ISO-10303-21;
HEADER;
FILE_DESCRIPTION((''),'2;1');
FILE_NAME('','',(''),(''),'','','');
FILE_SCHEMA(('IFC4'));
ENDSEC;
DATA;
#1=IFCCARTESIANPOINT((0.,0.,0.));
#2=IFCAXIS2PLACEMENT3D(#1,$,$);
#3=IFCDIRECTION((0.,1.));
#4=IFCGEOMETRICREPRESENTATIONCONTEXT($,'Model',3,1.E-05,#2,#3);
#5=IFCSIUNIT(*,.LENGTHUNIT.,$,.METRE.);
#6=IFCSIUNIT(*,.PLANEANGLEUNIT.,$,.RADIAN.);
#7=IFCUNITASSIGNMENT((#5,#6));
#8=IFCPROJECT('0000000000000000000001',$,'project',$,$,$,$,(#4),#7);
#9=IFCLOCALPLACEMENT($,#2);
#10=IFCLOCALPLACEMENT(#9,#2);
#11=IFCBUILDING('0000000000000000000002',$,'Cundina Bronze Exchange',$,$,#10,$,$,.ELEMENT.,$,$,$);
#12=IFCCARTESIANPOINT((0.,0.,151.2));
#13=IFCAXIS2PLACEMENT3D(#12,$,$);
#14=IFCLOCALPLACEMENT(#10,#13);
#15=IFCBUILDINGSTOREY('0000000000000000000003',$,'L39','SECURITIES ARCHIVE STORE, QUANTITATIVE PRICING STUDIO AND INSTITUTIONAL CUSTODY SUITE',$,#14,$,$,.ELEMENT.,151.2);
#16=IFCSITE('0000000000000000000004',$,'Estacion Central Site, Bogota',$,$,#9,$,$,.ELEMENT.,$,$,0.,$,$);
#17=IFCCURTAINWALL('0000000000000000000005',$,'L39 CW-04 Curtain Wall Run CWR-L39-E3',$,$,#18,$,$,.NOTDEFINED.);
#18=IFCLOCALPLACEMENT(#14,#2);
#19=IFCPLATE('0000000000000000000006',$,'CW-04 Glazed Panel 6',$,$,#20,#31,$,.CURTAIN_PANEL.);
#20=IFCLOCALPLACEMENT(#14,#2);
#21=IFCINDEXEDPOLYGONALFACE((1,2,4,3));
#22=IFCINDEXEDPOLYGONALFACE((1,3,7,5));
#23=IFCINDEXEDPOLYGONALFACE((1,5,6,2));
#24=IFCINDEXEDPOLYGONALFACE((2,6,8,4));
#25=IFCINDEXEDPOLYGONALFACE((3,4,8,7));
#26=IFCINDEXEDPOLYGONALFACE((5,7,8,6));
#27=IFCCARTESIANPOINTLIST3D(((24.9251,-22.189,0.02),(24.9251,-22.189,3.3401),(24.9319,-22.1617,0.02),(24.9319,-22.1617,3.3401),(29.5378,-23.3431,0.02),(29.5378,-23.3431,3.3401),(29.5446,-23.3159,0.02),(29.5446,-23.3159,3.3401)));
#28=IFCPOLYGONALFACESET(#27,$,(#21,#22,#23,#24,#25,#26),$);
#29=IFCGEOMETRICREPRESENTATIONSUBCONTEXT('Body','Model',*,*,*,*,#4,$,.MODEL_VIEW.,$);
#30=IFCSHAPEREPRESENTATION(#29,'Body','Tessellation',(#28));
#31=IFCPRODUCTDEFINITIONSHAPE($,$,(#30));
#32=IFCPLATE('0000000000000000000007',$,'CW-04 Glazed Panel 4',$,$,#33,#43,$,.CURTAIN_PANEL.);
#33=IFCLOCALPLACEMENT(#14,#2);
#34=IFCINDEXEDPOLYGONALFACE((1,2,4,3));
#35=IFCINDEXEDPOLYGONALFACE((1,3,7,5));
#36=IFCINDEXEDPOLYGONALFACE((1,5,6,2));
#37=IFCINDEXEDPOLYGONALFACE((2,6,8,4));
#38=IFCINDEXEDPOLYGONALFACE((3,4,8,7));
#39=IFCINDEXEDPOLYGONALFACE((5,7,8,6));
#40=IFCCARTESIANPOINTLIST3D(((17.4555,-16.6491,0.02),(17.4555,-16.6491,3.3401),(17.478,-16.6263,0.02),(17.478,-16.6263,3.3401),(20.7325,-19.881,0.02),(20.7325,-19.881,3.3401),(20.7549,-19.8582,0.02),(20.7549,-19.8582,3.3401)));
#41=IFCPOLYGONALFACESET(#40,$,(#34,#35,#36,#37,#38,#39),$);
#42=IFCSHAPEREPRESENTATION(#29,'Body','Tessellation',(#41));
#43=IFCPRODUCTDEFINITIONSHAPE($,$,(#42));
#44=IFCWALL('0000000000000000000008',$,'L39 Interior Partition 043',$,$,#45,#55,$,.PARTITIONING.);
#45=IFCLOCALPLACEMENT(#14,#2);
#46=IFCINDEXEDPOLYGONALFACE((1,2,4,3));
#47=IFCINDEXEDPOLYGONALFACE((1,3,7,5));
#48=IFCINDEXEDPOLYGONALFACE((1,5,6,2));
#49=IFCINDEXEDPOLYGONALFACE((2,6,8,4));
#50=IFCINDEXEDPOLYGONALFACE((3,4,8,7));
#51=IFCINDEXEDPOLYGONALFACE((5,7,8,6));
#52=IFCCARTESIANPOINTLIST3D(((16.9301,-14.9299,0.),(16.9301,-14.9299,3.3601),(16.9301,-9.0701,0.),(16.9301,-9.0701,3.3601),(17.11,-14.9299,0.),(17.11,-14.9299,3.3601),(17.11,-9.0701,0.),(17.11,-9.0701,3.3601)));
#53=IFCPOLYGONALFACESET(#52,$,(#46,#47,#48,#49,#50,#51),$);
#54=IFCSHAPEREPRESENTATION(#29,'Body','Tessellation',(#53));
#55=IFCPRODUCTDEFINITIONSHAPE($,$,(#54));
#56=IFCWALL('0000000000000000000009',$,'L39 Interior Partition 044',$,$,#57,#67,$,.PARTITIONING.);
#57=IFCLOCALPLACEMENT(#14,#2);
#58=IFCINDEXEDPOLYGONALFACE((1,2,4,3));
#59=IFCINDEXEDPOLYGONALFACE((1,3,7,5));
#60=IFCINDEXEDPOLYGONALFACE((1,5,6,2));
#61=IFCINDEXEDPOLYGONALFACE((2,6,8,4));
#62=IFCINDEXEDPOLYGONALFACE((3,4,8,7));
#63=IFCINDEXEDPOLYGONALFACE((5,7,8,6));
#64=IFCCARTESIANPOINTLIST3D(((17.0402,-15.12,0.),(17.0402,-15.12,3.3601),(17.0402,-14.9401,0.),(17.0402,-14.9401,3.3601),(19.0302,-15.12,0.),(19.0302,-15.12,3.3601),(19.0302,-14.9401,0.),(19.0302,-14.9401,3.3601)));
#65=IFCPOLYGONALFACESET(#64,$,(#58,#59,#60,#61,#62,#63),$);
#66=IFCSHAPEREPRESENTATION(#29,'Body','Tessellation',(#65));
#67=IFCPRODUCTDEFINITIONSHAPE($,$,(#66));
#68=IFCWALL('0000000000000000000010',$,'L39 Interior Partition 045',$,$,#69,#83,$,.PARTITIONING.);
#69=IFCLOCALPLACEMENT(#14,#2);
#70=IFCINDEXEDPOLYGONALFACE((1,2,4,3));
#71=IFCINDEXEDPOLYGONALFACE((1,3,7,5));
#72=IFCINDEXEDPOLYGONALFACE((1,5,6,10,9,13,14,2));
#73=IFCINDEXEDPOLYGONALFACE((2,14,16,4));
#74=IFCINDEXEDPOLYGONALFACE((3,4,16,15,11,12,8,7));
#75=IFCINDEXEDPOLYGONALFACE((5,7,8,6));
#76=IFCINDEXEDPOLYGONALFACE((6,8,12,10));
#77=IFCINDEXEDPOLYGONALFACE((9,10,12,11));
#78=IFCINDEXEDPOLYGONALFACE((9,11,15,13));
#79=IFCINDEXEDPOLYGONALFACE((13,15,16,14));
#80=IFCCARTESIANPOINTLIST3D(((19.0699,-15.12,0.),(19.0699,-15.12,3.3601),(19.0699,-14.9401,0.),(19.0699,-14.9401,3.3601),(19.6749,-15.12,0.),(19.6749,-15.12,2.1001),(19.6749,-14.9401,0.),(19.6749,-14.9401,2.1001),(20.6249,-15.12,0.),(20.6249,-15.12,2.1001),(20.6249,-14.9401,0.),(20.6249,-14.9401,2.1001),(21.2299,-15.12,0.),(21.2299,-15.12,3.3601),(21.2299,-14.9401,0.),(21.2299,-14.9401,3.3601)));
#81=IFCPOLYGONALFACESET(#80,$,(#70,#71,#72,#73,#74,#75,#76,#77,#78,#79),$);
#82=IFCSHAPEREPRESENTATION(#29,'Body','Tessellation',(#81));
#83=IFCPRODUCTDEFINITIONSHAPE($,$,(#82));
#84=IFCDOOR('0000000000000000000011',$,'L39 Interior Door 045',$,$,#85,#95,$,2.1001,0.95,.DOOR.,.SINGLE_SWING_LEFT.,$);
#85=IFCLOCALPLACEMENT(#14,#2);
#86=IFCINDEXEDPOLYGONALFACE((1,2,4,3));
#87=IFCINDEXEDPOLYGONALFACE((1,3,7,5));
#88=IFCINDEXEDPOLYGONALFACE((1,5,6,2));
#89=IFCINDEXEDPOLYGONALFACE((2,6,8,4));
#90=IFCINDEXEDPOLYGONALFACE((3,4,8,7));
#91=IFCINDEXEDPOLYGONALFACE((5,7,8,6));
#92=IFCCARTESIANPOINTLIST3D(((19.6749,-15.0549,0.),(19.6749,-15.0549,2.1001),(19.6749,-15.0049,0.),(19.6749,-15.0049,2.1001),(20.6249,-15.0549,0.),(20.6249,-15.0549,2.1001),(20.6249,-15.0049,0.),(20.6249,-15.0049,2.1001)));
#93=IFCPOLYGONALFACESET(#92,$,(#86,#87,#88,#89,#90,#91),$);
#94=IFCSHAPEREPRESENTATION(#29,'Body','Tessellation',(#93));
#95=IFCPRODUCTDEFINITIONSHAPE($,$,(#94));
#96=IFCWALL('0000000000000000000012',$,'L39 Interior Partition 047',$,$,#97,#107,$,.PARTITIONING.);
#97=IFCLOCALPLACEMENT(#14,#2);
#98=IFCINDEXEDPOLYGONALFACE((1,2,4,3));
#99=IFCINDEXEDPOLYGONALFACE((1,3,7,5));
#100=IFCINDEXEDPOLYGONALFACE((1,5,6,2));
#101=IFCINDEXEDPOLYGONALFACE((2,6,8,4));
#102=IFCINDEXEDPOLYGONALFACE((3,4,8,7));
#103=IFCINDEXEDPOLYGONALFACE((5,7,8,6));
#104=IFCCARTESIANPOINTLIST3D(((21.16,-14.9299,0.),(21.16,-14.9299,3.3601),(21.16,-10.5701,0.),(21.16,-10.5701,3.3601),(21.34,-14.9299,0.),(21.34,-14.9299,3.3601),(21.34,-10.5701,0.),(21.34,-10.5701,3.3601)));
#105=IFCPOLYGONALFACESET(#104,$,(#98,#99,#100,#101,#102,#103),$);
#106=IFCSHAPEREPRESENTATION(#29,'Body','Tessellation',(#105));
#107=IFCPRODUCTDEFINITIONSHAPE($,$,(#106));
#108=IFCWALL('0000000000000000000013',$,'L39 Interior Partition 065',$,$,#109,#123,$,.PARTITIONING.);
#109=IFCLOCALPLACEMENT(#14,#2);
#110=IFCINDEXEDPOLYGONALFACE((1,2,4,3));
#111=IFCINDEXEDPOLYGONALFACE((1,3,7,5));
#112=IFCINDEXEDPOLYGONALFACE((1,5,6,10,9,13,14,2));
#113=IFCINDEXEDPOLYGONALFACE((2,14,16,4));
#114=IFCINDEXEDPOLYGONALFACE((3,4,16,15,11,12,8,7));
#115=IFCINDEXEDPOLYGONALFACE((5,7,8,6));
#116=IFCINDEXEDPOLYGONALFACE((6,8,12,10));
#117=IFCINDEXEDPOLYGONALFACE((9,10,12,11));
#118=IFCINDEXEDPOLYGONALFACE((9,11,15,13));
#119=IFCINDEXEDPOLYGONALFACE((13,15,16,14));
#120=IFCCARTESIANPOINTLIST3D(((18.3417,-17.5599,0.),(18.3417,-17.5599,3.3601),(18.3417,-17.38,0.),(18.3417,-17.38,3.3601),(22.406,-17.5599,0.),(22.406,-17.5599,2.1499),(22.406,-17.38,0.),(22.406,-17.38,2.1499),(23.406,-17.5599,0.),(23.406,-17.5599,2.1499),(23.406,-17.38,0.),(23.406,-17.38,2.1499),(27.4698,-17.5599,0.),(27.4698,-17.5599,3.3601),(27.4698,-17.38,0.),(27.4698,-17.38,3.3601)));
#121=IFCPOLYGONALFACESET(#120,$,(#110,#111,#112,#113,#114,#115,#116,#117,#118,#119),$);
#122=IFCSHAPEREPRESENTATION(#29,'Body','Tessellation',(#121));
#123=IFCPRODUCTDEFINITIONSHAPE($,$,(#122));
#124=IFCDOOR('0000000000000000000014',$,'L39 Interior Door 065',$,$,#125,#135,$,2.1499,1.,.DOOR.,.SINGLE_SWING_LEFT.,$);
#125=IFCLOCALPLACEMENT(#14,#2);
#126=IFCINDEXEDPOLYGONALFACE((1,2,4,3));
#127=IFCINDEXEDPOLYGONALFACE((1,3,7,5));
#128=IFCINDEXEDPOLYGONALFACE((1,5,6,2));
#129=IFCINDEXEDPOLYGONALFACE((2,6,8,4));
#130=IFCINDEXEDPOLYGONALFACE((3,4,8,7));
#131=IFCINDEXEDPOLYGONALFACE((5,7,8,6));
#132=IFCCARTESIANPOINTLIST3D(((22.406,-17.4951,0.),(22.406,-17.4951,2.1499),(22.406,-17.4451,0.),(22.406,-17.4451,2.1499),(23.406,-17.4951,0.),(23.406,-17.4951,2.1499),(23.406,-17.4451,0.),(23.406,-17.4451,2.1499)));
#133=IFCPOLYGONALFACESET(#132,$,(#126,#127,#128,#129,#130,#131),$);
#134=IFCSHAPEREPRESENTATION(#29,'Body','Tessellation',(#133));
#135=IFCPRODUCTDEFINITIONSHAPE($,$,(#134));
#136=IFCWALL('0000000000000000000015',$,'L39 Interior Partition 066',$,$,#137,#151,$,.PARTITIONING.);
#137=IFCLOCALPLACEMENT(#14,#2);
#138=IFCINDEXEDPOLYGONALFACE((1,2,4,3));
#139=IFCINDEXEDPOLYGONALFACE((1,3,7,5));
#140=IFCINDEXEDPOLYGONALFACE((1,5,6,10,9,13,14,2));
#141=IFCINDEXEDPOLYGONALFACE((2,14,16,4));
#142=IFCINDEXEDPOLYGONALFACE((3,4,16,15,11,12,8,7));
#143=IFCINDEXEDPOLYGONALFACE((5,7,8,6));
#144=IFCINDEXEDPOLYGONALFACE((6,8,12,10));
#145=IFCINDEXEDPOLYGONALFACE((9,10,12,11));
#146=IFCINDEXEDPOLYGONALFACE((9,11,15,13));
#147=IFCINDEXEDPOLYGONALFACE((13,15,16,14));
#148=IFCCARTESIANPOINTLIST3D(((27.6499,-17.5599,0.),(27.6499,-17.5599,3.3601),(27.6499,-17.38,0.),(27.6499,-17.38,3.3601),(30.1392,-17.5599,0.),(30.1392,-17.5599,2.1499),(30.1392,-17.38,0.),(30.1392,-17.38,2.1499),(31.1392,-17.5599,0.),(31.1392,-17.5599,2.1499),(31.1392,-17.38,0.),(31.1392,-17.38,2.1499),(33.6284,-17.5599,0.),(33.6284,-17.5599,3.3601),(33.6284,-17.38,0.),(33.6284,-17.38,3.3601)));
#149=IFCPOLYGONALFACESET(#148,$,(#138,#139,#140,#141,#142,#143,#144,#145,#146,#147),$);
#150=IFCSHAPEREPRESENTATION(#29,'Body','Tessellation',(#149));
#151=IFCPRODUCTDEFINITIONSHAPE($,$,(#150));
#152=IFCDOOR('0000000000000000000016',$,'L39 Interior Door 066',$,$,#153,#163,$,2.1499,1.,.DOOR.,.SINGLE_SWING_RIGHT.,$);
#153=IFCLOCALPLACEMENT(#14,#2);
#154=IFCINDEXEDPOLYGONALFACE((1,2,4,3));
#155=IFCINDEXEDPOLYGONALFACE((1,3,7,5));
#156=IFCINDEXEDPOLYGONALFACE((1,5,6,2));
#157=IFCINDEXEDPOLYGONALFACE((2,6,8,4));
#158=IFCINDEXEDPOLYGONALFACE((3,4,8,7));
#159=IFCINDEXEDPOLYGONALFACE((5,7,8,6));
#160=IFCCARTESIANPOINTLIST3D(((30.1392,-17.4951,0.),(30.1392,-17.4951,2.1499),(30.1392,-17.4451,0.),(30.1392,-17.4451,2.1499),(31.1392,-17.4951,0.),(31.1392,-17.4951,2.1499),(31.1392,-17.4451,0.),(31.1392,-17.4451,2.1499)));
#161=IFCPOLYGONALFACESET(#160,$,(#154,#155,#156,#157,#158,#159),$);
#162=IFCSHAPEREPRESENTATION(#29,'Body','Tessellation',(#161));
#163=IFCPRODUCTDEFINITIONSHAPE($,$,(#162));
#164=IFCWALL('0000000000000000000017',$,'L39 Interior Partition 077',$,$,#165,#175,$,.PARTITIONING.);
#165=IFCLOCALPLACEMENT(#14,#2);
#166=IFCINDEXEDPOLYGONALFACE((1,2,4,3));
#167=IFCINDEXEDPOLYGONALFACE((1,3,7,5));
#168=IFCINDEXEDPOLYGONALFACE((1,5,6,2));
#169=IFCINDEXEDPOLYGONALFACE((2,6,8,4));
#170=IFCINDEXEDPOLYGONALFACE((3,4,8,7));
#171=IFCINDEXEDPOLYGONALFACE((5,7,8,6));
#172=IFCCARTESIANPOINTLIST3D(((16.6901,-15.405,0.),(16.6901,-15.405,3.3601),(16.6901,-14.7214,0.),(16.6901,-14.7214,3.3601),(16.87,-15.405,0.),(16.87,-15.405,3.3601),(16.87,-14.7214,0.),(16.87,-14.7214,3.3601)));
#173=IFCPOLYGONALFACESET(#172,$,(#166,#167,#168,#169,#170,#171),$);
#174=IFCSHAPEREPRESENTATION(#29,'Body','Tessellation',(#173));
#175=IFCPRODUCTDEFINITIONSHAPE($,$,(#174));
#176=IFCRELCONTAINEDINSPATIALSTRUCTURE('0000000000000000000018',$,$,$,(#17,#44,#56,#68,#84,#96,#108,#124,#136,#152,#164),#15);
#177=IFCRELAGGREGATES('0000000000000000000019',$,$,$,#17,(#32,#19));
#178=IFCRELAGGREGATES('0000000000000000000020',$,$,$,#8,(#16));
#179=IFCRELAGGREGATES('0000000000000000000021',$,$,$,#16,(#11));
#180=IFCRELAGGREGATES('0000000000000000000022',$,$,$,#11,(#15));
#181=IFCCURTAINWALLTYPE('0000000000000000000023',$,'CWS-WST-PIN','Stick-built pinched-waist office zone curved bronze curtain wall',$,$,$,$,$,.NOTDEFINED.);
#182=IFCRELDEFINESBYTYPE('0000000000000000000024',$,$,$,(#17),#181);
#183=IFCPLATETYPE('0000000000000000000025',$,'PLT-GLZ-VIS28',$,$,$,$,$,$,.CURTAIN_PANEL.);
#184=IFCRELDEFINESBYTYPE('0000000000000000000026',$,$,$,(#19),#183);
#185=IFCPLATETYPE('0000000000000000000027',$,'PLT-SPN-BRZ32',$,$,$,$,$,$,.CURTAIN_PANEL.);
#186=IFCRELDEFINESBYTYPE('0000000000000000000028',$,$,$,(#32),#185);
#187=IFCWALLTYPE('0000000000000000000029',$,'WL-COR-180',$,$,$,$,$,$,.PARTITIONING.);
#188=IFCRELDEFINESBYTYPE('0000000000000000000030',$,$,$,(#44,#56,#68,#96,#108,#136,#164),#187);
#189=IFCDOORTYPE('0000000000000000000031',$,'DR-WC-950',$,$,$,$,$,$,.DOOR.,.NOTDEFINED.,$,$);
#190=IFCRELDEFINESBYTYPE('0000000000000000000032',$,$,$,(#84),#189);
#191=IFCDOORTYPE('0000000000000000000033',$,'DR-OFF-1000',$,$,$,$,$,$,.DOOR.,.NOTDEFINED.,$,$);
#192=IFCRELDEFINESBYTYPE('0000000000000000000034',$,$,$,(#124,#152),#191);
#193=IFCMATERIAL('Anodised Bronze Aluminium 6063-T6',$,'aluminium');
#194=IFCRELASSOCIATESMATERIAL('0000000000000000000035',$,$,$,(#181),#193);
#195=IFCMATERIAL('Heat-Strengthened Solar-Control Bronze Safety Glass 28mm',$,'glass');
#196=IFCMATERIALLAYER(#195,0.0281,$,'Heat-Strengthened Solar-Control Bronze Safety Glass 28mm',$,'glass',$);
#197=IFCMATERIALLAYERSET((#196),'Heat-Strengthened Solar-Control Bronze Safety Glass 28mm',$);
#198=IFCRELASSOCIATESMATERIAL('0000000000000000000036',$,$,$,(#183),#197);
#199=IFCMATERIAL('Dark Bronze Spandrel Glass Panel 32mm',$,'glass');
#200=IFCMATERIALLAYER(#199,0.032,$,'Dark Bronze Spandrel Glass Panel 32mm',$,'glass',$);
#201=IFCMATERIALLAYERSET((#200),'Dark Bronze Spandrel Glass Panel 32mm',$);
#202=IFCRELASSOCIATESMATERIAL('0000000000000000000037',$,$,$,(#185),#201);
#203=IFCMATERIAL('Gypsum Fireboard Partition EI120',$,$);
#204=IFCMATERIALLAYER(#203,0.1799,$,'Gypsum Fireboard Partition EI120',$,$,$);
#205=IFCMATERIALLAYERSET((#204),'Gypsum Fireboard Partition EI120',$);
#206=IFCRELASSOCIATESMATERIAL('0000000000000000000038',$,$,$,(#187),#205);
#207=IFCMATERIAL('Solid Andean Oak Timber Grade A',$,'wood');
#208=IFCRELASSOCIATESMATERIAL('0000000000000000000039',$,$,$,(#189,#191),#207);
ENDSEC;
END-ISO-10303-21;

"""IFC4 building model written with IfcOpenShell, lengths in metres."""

from ifc_helpers import new_model, si_unit, direction, frame, frame_2d, origin, origin_2d, place, context, subcontext, project, spatial, rectangle, extrude, material, layer, layer_set, type_object, element, fill, aggregate, save


model = new_model("IFC4")

# Units and contexts
model_context = context("Model", 3, precision=1e-05, world=origin(), true_north=direction((0.0, 1.0)))
body_context = subcontext(model_context, "Body", "Model", "MODEL_VIEW")
ifc_project = project(units=[si_unit("LENGTHUNIT", "METRE"), si_unit("PLANEANGLEUNIT", "RADIAN")], contexts=[model_context])

# Site, building, storey
site_placement = place(None, origin())
site = spatial("IfcSite", under=ifc_project, at=site_placement, Name="Estacion Central Site, Bogota", CompositionType="ELEMENT", RefElevation=0.0)
building_placement = place(site_placement, origin())
building = spatial("IfcBuilding", under=site, at=building_placement, Name="Cundina Bronze Exchange", CompositionType="ELEMENT")
storey_placement = place(building_placement, frame((0.0, 0.0, 151.2)))
storey = spatial("IfcBuildingStorey", under=building, at=storey_placement, Name="L39", Description="SECURITIES ARCHIVE STORE, QUANTITATIVE PRICING STUDIO AND INSTITUTIONAL CUSTODY SUITE", CompositionType="ELEMENT", Elevation=151.2)

# Curtain wall, plates
ifc_material_1 = material(Name="Anodised Bronze Aluminium 6063-T6", Category="aluminium")
curtain_wall_type = type_object("IfcCurtainWallType", Name="CWS-WST-PIN", Description="Stick-built pinched-waist office zone curved bronze curtain wall", PredefinedType="NOTDEFINED", material=ifc_material_1)
curtain_wall_placement = place(storey_placement, origin())
curtain_wall = element("IfcCurtainWall", 1, at=curtain_wall_placement, inside=storey, type_object=curtain_wall_type, Name="L39 CW-04 Curtain Wall Run CWR-L39-E3", PredefinedType="NOTDEFINED")
ifc_material_2 = material(Name="Heat-Strengthened Solar-Control Bronze Safety Glass 28mm", Category="glass")
ifc_layer_1 = layer(ifc_material_2, 0.0281, Name="Heat-Strengthened Solar-Control Bronze Safety Glass 28mm", Category="glass")
ifc_layer_set_1 = layer_set([ifc_layer_1], Name="Heat-Strengthened Solar-Control Bronze Safety Glass 28mm")
plate_type_1 = type_object("IfcPlateType", Name="PLT-GLZ-VIS28", PredefinedType="CURTAIN_PANEL", material=ifc_layer_set_1)
plate_1_placement = place(storey_placement, frame((27.2349, -22.7524, 0.02), z_axis=(0.0, 0.0, 1.0), x_axis=(0.970093, -0.242735, 0.0)))
plate_1 = element("IfcPlate", 2, at=plate_1_placement, type_object=plate_type_1, Name="CW-04 Glazed Panel 6", PredefinedType="CURTAIN_PANEL", context=body_context, shape_type="SweptSolid", body=[
    extrude(rectangle(XDim=4.7549, YDim=0.0281, at=origin_2d()), origin(), (0.0, 0.0, 1.0), 3.3201),
])
ifc_material_3 = material(Name="Dark Bronze Spandrel Glass Panel 32mm", Category="glass")
ifc_layer_2 = layer(ifc_material_3, 0.032, Name="Dark Bronze Spandrel Glass Panel 32mm", Category="glass")
ifc_layer_set_2 = layer_set([ifc_layer_2], Name="Dark Bronze Spandrel Glass Panel 32mm")
plate_type_2 = type_object("IfcPlateType", Name="PLT-SPN-BRZ32", PredefinedType="CURTAIN_PANEL", material=ifc_layer_set_2)
plate_2_placement = place(storey_placement, frame((19.1052, -18.2537, 0.02), z_axis=(0.0, 0.0, 1.0), x_axis=(0.711989, -0.70219, 0.0)))
plate_2 = element("IfcPlate", 3, at=plate_2_placement, type_object=plate_type_2, Name="CW-04 Glazed Panel 4", PredefinedType="CURTAIN_PANEL", context=body_context, shape_type="SweptSolid", body=[
    extrude(rectangle(XDim=4.6025, YDim=0.032, at=origin_2d()), origin(), (0.0, 0.0, 1.0), 3.3201),
])
aggregate(curtain_wall, [plate_2, plate_1])

# Walls
ifc_material_4 = material(Name="Gypsum Fireboard Partition EI120")
ifc_layer_3 = layer(ifc_material_4, 0.1799, Name="Gypsum Fireboard Partition EI120")
ifc_layer_set_3 = layer_set([ifc_layer_3], Name="Gypsum Fireboard Partition EI120")
wall_type_1 = type_object("IfcWallType", Name="WL-COR-180", PredefinedType="PARTITIONING", material=ifc_layer_set_3)
wall_1_placement = place(storey_placement, frame((17.02, -14.9299, 0.0), z_axis=(0.0, 0.0, 1.0), x_axis=(0.0, 1.0, 0.0)))
element("IfcWall", 4, at=wall_1_placement, inside=storey, type_object=wall_type_1, Name="L39 Interior Partition 043", PredefinedType="PARTITIONING", context=body_context, shape_type="SweptSolid", body=[
    extrude(rectangle(XDim=5.8599, YDim=0.1799, at=frame_2d((2.9299, 0.0))), origin(), (0.0, 0.0, 1.0), 3.3601),
])
wall_2_placement = place(storey_placement, frame((17.04, -15.03, 0.0), z_axis=(0.0, 0.0, 1.0), x_axis=(1.0, 0.0, 0.0)))
element("IfcWall", 5, at=wall_2_placement, inside=storey, type_object=wall_type_1, Name="L39 Interior Partition 044", PredefinedType="PARTITIONING", context=body_context, shape_type="SweptSolid", body=[
    extrude(rectangle(XDim=1.99, YDim=0.1799, at=frame_2d((0.9951, 0.0))), origin(), (0.0, 0.0, 1.0), 3.3601),
])

# Wall, opening, door
wall_3_placement = place(storey_placement, frame((21.23, -15.03, 0.0), z_axis=(0.0, 0.0, 1.0), x_axis=(-1.0, 0.0, 0.0)))
wall_3 = element("IfcWall", 6, at=wall_3_placement, inside=storey, type_object=wall_type_1, Name="L39 Interior Partition 045", PredefinedType="PARTITIONING", context=body_context, shape_type="SweptSolid", body=[
    extrude(rectangle(XDim=2.1599, YDim=0.1799, at=frame_2d((1.0801, 0.0))), origin(), (0.0, 0.0, 1.0), 3.3601),
])
opening_1_placement = place(wall_3_placement, frame((0.605, 0.0, 0.0)))
opening_1 = element("IfcOpeningElement", 7, at=opening_1_placement, cuts=wall_3, PredefinedType="OPENING", context=body_context, shape_type="SweptSolid", body=[
    extrude(rectangle(XDim=0.95, YDim=2.1001, at=frame_2d((0.4751, 1.05))), frame((0.0, 0.0999, 0.0), z_axis=(0.0, -1.0, 0.0), x_axis=(1.0, 0.0, 0.0)), (0.0, 0.0, 1.0), 0.2),
])
ifc_material_5 = material(Name="Solid Andean Oak Timber Grade A", Category="wood")
door_type_1 = type_object("IfcDoorType", Name="DR-WC-950", OperationType="NOTDEFINED", PredefinedType="DOOR", material=ifc_material_5)
door_1_placement = place(opening_1_placement, origin())
door_1 = element("IfcDoor", 8, at=door_1_placement, inside=storey, type_object=door_type_1, Name="L39 Interior Door 045", OperationType="SINGLE_SWING_LEFT", OverallHeight=2.1001, OverallWidth=0.95, PredefinedType="DOOR", context=body_context, shape_type="SweptSolid", body=[
    extrude(rectangle(XDim=0.95, YDim=2.1001, at=frame_2d((0.4751, 1.05))), frame((0.0, 0.0249, 0.0), z_axis=(0.0, -1.0, 0.0), x_axis=(1.0, 0.0, 0.0)), (0.0, 0.0, 1.0), 0.05),
])
fill(opening_1, door_1)

# Wall
wall_4_placement = place(storey_placement, frame((21.25, -14.9299, 0.0), z_axis=(0.0, 0.0, 1.0), x_axis=(0.0, 1.0, 0.0)))
element("IfcWall", 9, at=wall_4_placement, inside=storey, type_object=wall_type_1, Name="L39 Interior Partition 047", PredefinedType="PARTITIONING", context=body_context, shape_type="SweptSolid", body=[
    extrude(rectangle(XDim=4.3599, YDim=0.1799, at=frame_2d((2.1799, 0.0))), origin(), (0.0, 0.0, 1.0), 3.3601),
])

# Walls, openings, doors
wall_5_placement = place(storey_placement, frame((18.3418, -17.47, 0.0), z_axis=(0.0, 0.0, 1.0), x_axis=(1.0, 0.0, 0.0)))
wall_5 = element("IfcWall", 10, at=wall_5_placement, inside=storey, type_object=wall_type_1, Name="L39 Interior Partition 065", PredefinedType="PARTITIONING", context=body_context, shape_type="SweptSolid", body=[
    extrude(rectangle(XDim=9.1282, YDim=0.1799, at=frame_2d((4.564, 0.0))), origin(), (0.0, 0.0, 1.0), 3.3601),
])
opening_2_placement = place(wall_5_placement, frame((4.0642, 0.0, 0.0)))
opening_2 = element("IfcOpeningElement", 11, at=opening_2_placement, cuts=wall_5, PredefinedType="OPENING", context=body_context, shape_type="SweptSolid", body=[
    extrude(rectangle(XDim=1.0, YDim=2.1499, at=frame_2d((0.5, 1.075))), frame((0.0, 0.0999, 0.0), z_axis=(0.0, -1.0, 0.0), x_axis=(1.0, 0.0, 0.0)), (0.0, 0.0, 1.0), 0.2),
])
door_type_2 = type_object("IfcDoorType", Name="DR-OFF-1000", OperationType="NOTDEFINED", PredefinedType="DOOR", material=ifc_material_5)
door_2_placement = place(opening_2_placement, origin())
door_2 = element("IfcDoor", 12, at=door_2_placement, inside=storey, type_object=door_type_2, Name="L39 Interior Door 065", OperationType="SINGLE_SWING_LEFT", OverallHeight=2.1499, OverallWidth=1.0, PredefinedType="DOOR", context=body_context, shape_type="SweptSolid", body=[
    extrude(rectangle(XDim=1.0, YDim=2.1499, at=frame_2d((0.5, 1.075))), frame((0.0, 0.0249, 0.0), z_axis=(0.0, -1.0, 0.0), x_axis=(1.0, 0.0, 0.0)), (0.0, 0.0, 1.0), 0.05),
])
fill(opening_2, door_2)
wall_6_placement = place(storey_placement, frame((27.6499, -17.47, 0.0), z_axis=(0.0, 0.0, 1.0), x_axis=(1.0, 0.0, 0.0)))
wall_6 = element("IfcWall", 13, at=wall_6_placement, inside=storey, type_object=wall_type_1, Name="L39 Interior Partition 066", PredefinedType="PARTITIONING", context=body_context, shape_type="SweptSolid", body=[
    extrude(rectangle(XDim=5.9785, YDim=0.1799, at=frame_2d((2.9893, 0.0))), origin(), (0.0, 0.0, 1.0), 3.3601),
])
opening_3_placement = place(wall_6_placement, frame((2.4893, 0.0, 0.0)))
opening_3 = element("IfcOpeningElement", 14, at=opening_3_placement, cuts=wall_6, PredefinedType="OPENING", context=body_context, shape_type="SweptSolid", body=[
    extrude(rectangle(XDim=1.0, YDim=2.1499, at=frame_2d((0.5, 1.075))), frame((0.0, 0.0999, 0.0), z_axis=(0.0, -1.0, 0.0), x_axis=(1.0, 0.0, 0.0)), (0.0, 0.0, 1.0), 0.2),
])
door_3_placement = place(opening_3_placement, origin())
door_3 = element("IfcDoor", 15, at=door_3_placement, inside=storey, type_object=door_type_2, Name="L39 Interior Door 066", OperationType="SINGLE_SWING_RIGHT", OverallHeight=2.1499, OverallWidth=1.0, PredefinedType="DOOR", context=body_context, shape_type="SweptSolid", body=[
    extrude(rectangle(XDim=1.0, YDim=2.1499, at=frame_2d((0.5, 1.075))), frame((0.0, 0.0249, 0.0), z_axis=(0.0, -1.0, 0.0), x_axis=(1.0, 0.0, 0.0)), (0.0, 0.0, 1.0), 0.05),
])
fill(opening_3, door_3)

# Wall
wall_7_placement = place(storey_placement, frame((16.78, -14.7214, 0.0), z_axis=(0.0, 0.0, 1.0), x_axis=(0.0, -1.0, 0.0)))
element("IfcWall", 16, at=wall_7_placement, inside=storey, type_object=wall_type_1, Name="L39 Interior Partition 077", PredefinedType="PARTITIONING", context=body_context, shape_type="SweptSolid", body=[
    extrude(rectangle(XDim=0.6836, YDim=0.1799, at=frame_2d((0.3418, 0.0))), origin(), (0.0, 0.0, 1.0), 3.3601),
])

save(model, "model.ifc")
